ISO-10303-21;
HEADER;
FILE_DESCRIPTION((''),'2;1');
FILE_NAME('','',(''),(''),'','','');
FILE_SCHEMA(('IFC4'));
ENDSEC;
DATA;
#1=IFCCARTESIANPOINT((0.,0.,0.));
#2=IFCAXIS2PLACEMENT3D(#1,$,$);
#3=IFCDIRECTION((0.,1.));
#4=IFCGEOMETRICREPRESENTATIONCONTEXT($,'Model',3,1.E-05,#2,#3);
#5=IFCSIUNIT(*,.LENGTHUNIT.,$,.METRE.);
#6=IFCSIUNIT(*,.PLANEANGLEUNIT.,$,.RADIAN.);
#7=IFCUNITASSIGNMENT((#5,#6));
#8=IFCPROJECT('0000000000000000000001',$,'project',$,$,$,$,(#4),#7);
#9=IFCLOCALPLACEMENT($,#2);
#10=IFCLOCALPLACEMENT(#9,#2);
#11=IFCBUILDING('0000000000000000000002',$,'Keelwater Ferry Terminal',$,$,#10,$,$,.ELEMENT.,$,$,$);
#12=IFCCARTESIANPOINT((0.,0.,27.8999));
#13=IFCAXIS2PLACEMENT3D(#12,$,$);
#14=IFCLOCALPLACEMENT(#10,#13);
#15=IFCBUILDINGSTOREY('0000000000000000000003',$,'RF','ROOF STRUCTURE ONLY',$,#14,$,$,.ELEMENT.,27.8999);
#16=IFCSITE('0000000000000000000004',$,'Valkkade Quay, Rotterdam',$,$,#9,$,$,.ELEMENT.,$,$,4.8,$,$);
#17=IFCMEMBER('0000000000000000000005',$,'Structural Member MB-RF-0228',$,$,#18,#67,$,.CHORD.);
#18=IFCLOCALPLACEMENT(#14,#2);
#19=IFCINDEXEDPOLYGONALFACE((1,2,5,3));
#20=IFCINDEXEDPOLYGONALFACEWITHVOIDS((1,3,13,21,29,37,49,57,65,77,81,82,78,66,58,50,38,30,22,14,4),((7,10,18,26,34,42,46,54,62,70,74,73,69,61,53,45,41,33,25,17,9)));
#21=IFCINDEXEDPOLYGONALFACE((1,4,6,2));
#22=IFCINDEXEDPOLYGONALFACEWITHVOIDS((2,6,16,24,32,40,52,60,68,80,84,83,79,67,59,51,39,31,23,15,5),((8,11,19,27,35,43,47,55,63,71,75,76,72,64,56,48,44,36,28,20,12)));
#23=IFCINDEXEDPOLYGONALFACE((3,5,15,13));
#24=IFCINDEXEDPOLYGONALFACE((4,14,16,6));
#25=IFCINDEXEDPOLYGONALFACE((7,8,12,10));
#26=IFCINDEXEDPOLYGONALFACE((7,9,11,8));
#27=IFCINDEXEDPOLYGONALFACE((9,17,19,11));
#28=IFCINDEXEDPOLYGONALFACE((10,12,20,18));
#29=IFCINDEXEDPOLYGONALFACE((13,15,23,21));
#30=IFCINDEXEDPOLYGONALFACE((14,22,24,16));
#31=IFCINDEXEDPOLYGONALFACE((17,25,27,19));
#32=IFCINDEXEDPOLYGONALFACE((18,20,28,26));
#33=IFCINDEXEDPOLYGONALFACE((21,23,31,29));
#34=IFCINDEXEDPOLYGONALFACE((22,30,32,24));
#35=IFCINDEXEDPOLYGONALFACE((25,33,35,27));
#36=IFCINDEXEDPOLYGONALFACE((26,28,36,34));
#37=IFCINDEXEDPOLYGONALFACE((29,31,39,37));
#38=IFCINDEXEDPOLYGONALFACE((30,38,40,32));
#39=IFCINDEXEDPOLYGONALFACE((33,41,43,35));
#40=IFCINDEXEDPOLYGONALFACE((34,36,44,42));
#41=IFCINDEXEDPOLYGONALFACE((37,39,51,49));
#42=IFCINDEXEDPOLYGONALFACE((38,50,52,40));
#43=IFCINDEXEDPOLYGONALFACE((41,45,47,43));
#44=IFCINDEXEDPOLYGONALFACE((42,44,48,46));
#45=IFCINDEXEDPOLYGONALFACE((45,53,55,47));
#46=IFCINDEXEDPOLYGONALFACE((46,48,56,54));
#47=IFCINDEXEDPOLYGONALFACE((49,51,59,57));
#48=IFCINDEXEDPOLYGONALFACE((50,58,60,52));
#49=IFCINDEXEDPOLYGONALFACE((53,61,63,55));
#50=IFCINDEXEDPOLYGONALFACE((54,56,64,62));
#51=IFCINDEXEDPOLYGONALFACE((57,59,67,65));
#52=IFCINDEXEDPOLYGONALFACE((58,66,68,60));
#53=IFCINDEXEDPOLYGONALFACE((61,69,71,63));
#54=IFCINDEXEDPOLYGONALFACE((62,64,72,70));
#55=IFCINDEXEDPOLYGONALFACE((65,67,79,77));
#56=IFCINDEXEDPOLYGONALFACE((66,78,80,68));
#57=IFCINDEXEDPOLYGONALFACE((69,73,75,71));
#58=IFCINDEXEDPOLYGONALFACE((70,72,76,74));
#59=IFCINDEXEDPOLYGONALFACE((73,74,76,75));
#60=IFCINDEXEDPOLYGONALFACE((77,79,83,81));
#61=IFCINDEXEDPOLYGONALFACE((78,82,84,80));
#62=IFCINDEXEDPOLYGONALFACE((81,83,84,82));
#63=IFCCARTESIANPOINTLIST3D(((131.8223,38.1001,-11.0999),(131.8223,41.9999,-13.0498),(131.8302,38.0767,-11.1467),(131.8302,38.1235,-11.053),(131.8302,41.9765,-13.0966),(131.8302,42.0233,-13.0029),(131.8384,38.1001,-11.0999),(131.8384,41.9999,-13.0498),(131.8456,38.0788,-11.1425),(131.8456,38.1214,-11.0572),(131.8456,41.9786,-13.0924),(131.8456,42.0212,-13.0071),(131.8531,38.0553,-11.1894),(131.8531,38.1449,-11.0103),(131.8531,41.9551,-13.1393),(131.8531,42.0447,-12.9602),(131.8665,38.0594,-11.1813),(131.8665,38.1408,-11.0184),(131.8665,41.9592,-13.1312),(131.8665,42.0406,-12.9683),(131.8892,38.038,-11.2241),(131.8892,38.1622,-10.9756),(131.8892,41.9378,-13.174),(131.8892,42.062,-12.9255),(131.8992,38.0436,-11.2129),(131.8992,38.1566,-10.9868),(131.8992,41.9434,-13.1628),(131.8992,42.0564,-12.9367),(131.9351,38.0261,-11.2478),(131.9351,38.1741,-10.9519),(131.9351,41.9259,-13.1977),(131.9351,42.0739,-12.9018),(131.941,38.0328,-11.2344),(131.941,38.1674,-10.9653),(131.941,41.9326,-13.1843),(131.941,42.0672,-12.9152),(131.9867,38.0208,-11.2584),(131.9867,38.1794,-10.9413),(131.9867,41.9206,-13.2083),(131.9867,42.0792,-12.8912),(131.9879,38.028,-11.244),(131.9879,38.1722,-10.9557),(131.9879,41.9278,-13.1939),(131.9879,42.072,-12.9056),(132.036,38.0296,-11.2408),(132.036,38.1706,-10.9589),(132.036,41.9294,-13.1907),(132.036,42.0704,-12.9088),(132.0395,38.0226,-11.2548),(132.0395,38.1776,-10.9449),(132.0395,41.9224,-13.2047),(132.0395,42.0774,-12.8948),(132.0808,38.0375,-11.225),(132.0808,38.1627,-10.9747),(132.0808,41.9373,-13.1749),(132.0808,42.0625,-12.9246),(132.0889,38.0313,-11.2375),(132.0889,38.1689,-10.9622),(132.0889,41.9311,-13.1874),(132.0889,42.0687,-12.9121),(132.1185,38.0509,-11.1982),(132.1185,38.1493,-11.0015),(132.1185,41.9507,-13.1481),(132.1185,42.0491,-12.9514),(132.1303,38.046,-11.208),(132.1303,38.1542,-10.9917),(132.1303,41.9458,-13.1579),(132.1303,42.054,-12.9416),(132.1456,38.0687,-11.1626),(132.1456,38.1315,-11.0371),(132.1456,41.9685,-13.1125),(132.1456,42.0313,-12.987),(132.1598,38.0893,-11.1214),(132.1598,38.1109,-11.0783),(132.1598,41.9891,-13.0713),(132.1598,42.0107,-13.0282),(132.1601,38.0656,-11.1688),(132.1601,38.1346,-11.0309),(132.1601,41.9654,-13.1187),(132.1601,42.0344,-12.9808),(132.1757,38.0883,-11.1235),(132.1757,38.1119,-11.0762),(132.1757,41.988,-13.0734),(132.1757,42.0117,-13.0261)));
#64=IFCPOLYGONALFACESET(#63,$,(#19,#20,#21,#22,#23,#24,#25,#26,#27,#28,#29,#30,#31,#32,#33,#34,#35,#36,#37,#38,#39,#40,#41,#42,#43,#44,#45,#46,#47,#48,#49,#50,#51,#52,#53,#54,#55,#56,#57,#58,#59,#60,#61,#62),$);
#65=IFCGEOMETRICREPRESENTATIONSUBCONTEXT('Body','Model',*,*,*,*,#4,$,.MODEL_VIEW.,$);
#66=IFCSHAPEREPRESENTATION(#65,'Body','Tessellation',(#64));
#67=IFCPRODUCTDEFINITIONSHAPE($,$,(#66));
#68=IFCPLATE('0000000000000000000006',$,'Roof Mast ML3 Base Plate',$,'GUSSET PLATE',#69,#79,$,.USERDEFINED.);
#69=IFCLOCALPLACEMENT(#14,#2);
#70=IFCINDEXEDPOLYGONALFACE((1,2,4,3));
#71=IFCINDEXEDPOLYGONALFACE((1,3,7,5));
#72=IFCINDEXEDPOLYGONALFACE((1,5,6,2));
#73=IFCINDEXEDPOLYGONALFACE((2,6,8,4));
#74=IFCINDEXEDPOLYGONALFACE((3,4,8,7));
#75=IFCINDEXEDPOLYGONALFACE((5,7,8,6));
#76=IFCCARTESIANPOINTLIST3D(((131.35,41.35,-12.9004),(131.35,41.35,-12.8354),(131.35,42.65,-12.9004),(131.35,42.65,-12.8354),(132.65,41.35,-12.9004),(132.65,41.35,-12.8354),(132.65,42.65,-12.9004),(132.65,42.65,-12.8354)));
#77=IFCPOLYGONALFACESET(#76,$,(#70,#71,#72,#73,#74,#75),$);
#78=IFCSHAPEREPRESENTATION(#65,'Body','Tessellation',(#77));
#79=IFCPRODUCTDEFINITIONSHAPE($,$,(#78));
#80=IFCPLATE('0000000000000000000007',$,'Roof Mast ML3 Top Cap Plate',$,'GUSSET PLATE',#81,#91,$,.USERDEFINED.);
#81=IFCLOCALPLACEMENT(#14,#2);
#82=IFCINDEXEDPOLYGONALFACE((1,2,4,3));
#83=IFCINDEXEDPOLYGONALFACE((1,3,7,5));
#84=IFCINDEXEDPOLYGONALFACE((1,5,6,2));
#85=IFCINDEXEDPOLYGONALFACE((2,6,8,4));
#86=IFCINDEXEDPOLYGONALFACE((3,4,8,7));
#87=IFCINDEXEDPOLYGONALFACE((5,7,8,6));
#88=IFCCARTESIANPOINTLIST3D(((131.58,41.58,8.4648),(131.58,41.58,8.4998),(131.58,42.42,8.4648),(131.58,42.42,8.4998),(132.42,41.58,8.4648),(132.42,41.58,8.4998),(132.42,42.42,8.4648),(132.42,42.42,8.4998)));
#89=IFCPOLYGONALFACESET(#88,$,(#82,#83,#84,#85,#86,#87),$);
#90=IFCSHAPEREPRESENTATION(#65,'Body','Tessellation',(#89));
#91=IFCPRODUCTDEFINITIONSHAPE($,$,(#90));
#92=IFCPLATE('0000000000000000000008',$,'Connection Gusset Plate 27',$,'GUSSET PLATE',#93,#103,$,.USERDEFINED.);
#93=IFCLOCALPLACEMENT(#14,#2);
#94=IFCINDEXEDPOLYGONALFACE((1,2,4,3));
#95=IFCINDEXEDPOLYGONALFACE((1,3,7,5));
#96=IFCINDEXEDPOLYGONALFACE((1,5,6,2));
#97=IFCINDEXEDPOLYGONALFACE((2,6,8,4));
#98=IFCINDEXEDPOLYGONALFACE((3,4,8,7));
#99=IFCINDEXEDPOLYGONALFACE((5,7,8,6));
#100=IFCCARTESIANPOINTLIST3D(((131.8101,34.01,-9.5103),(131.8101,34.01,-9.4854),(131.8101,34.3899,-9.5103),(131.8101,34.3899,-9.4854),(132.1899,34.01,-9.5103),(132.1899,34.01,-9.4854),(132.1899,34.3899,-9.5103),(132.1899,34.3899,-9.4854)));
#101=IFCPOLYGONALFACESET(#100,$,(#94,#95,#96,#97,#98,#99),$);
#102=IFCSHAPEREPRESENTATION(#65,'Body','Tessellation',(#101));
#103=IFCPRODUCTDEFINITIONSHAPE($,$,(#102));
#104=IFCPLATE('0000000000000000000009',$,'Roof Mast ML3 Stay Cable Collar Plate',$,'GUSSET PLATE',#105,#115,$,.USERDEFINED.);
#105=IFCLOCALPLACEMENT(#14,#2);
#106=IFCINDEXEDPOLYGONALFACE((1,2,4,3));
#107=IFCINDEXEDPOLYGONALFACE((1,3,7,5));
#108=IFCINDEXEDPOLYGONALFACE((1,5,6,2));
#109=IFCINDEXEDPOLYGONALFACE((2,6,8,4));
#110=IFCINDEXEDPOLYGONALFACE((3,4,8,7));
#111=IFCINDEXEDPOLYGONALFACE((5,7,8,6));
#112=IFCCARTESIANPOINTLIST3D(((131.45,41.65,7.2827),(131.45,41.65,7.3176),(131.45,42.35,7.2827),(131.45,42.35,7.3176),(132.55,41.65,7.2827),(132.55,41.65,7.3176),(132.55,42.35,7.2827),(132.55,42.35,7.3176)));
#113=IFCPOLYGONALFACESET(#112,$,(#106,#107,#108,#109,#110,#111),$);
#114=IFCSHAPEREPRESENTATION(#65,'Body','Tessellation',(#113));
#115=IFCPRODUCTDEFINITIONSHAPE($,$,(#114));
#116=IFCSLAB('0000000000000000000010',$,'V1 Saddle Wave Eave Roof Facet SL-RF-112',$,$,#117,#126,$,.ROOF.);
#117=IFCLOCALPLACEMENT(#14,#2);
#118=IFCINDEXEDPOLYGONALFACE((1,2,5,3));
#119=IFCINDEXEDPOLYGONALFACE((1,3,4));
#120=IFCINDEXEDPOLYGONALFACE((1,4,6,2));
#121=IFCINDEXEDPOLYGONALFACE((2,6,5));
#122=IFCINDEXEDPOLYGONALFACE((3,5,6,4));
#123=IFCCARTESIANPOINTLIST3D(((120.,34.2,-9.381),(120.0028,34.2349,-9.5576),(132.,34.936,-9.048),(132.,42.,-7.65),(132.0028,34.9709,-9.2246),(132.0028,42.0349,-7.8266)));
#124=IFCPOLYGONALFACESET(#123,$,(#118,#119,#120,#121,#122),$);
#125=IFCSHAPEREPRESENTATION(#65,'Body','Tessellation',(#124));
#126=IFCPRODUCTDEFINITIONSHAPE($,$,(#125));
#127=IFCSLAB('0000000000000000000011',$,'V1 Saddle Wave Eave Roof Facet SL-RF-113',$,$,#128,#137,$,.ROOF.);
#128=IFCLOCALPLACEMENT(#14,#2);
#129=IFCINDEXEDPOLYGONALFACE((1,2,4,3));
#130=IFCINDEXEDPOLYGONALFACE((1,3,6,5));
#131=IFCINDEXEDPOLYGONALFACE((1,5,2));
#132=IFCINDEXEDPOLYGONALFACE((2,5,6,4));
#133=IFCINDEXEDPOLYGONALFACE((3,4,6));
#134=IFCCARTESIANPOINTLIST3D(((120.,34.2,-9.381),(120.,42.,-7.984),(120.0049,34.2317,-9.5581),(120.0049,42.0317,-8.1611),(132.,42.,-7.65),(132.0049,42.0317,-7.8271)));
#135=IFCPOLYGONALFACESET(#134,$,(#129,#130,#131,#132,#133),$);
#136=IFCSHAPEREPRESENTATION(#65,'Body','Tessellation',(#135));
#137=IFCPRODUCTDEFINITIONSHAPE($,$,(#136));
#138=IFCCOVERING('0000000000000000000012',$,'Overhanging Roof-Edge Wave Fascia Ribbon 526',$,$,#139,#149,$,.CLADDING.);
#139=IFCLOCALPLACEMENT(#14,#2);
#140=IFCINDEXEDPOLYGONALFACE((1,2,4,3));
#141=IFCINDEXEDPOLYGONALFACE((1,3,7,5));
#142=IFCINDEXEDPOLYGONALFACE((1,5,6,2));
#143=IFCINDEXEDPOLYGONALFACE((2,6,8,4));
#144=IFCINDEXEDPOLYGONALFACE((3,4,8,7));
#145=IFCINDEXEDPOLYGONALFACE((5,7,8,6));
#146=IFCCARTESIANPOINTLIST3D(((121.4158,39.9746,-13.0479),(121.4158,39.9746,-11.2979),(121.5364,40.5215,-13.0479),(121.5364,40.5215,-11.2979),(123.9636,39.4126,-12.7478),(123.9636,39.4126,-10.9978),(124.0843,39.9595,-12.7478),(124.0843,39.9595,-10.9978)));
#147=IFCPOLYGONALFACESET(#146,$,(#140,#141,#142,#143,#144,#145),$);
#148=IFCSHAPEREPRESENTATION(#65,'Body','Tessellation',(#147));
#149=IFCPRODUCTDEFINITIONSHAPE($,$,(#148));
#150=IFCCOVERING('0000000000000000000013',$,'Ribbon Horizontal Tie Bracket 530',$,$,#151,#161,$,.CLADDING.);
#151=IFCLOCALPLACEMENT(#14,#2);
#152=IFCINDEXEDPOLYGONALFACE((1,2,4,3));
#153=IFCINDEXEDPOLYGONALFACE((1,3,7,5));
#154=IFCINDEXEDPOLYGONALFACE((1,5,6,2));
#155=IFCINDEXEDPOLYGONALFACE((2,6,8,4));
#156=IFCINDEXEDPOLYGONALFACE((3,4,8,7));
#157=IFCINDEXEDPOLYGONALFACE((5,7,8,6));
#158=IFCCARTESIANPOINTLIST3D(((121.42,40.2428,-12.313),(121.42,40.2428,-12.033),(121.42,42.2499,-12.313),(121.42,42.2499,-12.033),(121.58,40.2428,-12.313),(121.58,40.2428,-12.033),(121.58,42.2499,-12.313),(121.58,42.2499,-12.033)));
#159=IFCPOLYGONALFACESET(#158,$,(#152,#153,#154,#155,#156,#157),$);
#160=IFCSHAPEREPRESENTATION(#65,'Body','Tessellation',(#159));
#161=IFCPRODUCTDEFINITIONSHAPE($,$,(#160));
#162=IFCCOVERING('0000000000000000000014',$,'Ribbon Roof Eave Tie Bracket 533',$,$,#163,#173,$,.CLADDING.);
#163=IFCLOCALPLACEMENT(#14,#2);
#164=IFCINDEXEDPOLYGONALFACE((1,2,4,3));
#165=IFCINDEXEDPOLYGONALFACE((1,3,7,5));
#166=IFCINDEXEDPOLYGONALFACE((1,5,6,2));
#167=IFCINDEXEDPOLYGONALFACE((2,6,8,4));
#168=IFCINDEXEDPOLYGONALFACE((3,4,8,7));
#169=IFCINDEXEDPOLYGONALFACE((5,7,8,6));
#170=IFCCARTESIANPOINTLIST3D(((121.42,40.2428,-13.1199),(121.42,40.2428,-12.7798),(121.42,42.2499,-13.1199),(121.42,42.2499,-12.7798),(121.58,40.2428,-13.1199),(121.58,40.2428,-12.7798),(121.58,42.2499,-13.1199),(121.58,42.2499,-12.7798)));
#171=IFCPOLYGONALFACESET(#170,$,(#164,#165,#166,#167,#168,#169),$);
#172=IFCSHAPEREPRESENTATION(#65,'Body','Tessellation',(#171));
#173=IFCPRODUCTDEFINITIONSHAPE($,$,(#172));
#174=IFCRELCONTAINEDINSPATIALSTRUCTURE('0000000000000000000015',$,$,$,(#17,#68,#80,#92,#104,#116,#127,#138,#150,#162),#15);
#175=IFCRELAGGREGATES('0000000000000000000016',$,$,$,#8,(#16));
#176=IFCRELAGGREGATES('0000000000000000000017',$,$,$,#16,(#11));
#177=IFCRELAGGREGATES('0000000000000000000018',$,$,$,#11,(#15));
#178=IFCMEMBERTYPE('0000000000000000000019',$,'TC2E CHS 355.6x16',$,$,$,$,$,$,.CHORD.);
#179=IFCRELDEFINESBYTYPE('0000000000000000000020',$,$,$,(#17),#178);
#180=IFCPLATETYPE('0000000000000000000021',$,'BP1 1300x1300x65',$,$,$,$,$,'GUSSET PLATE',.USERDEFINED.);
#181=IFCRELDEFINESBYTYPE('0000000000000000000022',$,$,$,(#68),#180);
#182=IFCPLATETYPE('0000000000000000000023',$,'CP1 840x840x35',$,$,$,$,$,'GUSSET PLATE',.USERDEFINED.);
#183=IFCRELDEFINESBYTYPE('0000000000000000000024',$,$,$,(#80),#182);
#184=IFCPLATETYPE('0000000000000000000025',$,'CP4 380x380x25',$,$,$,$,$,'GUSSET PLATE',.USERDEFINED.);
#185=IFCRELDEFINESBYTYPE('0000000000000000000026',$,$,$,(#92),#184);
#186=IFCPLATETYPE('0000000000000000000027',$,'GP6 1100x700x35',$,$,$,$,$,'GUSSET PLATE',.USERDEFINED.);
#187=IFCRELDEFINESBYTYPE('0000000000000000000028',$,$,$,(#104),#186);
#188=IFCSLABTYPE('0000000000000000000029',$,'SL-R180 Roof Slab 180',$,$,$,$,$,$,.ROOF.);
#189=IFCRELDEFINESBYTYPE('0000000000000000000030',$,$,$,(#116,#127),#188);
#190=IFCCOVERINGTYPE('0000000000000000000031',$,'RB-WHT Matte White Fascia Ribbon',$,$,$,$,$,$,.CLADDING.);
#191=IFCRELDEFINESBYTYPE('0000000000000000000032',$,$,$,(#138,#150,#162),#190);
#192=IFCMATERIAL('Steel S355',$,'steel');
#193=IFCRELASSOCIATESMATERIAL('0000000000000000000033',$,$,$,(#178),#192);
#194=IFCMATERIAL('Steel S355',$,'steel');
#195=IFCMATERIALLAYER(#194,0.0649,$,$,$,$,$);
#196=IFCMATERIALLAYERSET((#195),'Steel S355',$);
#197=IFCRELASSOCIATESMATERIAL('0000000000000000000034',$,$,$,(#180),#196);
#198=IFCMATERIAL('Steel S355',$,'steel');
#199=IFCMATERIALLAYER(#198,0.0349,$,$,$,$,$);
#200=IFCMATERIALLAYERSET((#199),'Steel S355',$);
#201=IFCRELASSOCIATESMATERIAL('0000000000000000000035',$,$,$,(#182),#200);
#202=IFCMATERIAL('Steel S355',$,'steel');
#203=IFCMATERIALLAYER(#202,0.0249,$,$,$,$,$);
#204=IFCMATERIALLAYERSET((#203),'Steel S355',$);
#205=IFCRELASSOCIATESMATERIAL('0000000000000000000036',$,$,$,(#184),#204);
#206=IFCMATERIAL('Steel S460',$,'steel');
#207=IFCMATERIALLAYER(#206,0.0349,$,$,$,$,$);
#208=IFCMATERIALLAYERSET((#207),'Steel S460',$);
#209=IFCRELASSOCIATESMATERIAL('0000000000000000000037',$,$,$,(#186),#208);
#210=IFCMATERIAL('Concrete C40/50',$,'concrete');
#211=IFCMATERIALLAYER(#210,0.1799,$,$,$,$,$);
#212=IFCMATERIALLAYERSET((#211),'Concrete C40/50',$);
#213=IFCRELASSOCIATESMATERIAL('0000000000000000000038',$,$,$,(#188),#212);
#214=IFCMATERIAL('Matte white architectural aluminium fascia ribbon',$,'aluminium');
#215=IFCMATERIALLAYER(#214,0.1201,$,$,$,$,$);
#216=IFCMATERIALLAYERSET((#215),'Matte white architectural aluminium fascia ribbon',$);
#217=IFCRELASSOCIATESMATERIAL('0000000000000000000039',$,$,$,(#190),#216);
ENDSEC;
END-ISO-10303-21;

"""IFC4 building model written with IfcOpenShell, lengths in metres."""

from ifc_helpers import new_model, si_unit, direction, frame, frame_2d, origin, origin_with_axes, origin_2d, place, context, subcontext, project, spatial, polyline, rectangle, hollow_circle, outline, extrude, material, layer, layer_set, material_profile, profile_set, type_object, element, save


model = new_model("IFC4")

# Units and contexts
model_context = context("Model", 3, precision=1e-05, world=origin(), true_north=direction((0.0, 1.0)))
body_context = subcontext(model_context, "Body", "Model", "MODEL_VIEW")
ifc_project = project(units=[si_unit("LENGTHUNIT", "METRE"), si_unit("PLANEANGLEUNIT", "RADIAN")], contexts=[model_context])

# Site, building, storey
site_placement = place(None, origin())
site = spatial("IfcSite", under=ifc_project, at=site_placement, Name="Valkkade Quay, Rotterdam", CompositionType="ELEMENT", RefElevation=4.8)
building_placement = place(site_placement, origin())
building = spatial("IfcBuilding", under=site, at=building_placement, Name="Keelwater Ferry Terminal", CompositionType="ELEMENT")
storey_placement = place(building_placement, frame((0.0, 0.0, 27.8999)))
storey = spatial("IfcBuildingStorey", under=building, at=storey_placement, Name="RF", Description="ROOF STRUCTURE ONLY", CompositionType="ELEMENT", Elevation=27.8999)

# Member
ifc_material_1 = material(Name="Steel S355", Category="steel")
ifc_material_profile_1 = material_profile(ifc_material_1, hollow_circle(Radius=0.1777, WallThickness=0.0161, at=origin_2d()), Name="CHS 355.6x16")
ifc_profile_set_1 = profile_set([ifc_material_profile_1], Name="Steel S355")
member_type_1 = type_object("IfcMemberType", Name="TC2E CHS 355.6x16", PredefinedType="CHORD", material=ifc_profile_set_1)
member_1_placement = place(storey_placement, frame((132.0, 38.1001, -11.0999), z_axis=(0.0, 0.894427, -0.447214), x_axis=(-1.0, 0.0, 0.0)))
element("IfcMember", 1, at=member_1_placement, inside=storey, type_object=member_type_1, Name="Structural Member MB-RF-0228", PredefinedType="CHORD", context=body_context, shape_type="SweptSolid", body=[
    extrude(hollow_circle(Radius=0.1777, WallThickness=0.0161, at=origin_2d()), origin(), (0.0, 0.0, 1.0), 4.3601),
])

# Plates
ifc_material_2 = material(Name="Steel S355", Category="steel")
ifc_layer_1 = layer(ifc_material_2, 0.0649)
ifc_layer_set_1 = layer_set([ifc_layer_1], Name="Steel S355")
plate_type_1 = type_object("IfcPlateType", Name="BP1 1300x1300x65", ElementType="GUSSET PLATE", PredefinedType="USERDEFINED", material=ifc_layer_set_1)
plate_1_placement = place(storey_placement, frame((132.0, 42.0, -12.9004), z_axis=(0.0, 0.0, 1.0), x_axis=(1.0, 0.0, 0.0)))
element("IfcPlate", 2, at=plate_1_placement, inside=storey, type_object=plate_type_1, Name="Roof Mast ML3 Base Plate", ObjectType="GUSSET PLATE", PredefinedType="USERDEFINED", context=body_context, shape_type="SweptSolid", body=[
    extrude(rectangle(XDim=1.3, YDim=1.3, at=origin_2d()), origin(), (0.0, 0.0, 1.0), 0.0649),
])
ifc_material_3 = material(Name="Steel S355", Category="steel")
ifc_layer_2 = layer(ifc_material_3, 0.0349)
ifc_layer_set_2 = layer_set([ifc_layer_2], Name="Steel S355")
plate_type_2 = type_object("IfcPlateType", Name="CP1 840x840x35", ElementType="GUSSET PLATE", PredefinedType="USERDEFINED", material=ifc_layer_set_2)
plate_2_placement = place(storey_placement, frame((132.0, 42.0, 8.4648), z_axis=(0.0, 0.0, 1.0), x_axis=(1.0, 0.0, 0.0)))
element("IfcPlate", 3, at=plate_2_placement, inside=storey, type_object=plate_type_2, Name="Roof Mast ML3 Top Cap Plate", ObjectType="GUSSET PLATE", PredefinedType="USERDEFINED", context=body_context, shape_type="SweptSolid", body=[
    extrude(rectangle(XDim=0.8401, YDim=0.8401, at=origin_2d()), origin(), (0.0, 0.0, 1.0), 0.0349),
])
ifc_material_4 = material(Name="Steel S355", Category="steel")
ifc_layer_3 = layer(ifc_material_4, 0.0249)
ifc_layer_set_3 = layer_set([ifc_layer_3], Name="Steel S355")
plate_type_3 = type_object("IfcPlateType", Name="CP4 380x380x25", ElementType="GUSSET PLATE", PredefinedType="USERDEFINED", material=ifc_layer_set_3)
plate_3_placement = place(storey_placement, frame((132.0, 34.2, -9.5103), z_axis=(0.0, 0.0, 1.0), x_axis=(0.0, 1.0, 0.0)))
element("IfcPlate", 4, at=plate_3_placement, inside=storey, type_object=plate_type_3, Name="Connection Gusset Plate 27", ObjectType="GUSSET PLATE", PredefinedType="USERDEFINED", context=body_context, shape_type="SweptSolid", body=[
    extrude(rectangle(XDim=0.3799, YDim=0.3799, at=origin_2d()), origin(), (0.0, 0.0, 1.0), 0.0249),
])
ifc_material_5 = material(Name="Steel S460", Category="steel")
ifc_layer_4 = layer(ifc_material_5, 0.0349)
ifc_layer_set_4 = layer_set([ifc_layer_4], Name="Steel S460")
plate_type_4 = type_object("IfcPlateType", Name="GP6 1100x700x35", ElementType="GUSSET PLATE", PredefinedType="USERDEFINED", material=ifc_layer_set_4)
plate_4_placement = place(storey_placement, frame((132.0, 42.0, 7.2827), z_axis=(0.0, 0.0, 1.0), x_axis=(1.0, 0.0, 0.0)))
element("IfcPlate", 5, at=plate_4_placement, inside=storey, type_object=plate_type_4, Name="Roof Mast ML3 Stay Cable Collar Plate", ObjectType="GUSSET PLATE", PredefinedType="USERDEFINED", context=body_context, shape_type="SweptSolid", body=[
    extrude(rectangle(XDim=1.1001, YDim=0.7, at=origin_2d()), origin(), (0.0, 0.0, 1.0), 0.0349),
])

# Slabs
ifc_material_6 = material(Name="Concrete C40/50", Category="concrete")
ifc_layer_5 = layer(ifc_material_6, 0.1799)
ifc_layer_set_5 = layer_set([ifc_layer_5], Name="Concrete C40/50")
slab_type = type_object("IfcSlabType", Name="SL-R180 Roof Slab 180", PredefinedType="ROOF", material=ifc_layer_set_5)
slab_1_placement = place(storey_placement, frame((120.0028, 34.2349, -9.5576), z_axis=(-0.015313, -0.194117, 0.980859), x_axis=(0.999883, -0.002973, 0.015022)))
element("IfcSlab", 6, at=slab_1_placement, inside=storey, type_object=slab_type, Name="V1 Saddle Wave Eave Roof Facet SL-RF-112", PredefinedType="ROOF", context=body_context, shape_type="SweptSolid", body=[
    extrude(outline(polyline([(0.0, 0.0), (12.0014, 0.7866), (12.0014, 7.9877), (0.0, 0.0)])), origin_with_axes(), (0.0, 0.0, 1.0), 0.18),
])
slab_2_placement = place(storey_placement, frame((120.0049, 34.2317, -9.5581), z_axis=(-0.027387, -0.176231, 0.983968), x_axis=(0.999625, -0.004828, 0.026958)))
element("IfcSlab", 7, at=slab_2_placement, inside=storey, type_object=slab_type, Name="V1 Saddle Wave Eave Roof Facet SL-RF-113", PredefinedType="ROOF", context=body_context, shape_type="SweptSolid", body=[
    extrude(outline(polyline([(0.0, 0.0), (12.0045, 7.983), (0.0, 7.9241), (0.0, 0.0)])), origin_with_axes(), (0.0, 0.0, 1.0), 0.18),
])

# Coverings
ifc_material_7 = material(Name="Matte white architectural aluminium fascia ribbon", Category="aluminium")
ifc_layer_6 = layer(ifc_material_7, 0.1201)
ifc_layer_set_6 = layer_set([ifc_layer_6], Name="Matte white architectural aluminium fascia ribbon")
covering_type = type_object("IfcCoveringType", Name="RB-WHT Matte White Fascia Ribbon", PredefinedType="CLADDING", material=ifc_layer_set_6)
covering_1_placement = place(storey_placement, frame((121.4761, 40.248, -13.0479), z_axis=(0.0, 0.0, 1.0), x_axis=(0.976525, -0.215404, 0.0)))
element("IfcCovering", 8, at=covering_1_placement, inside=storey, type_object=covering_type, Name="Overhanging Roof-Edge Wave Fascia Ribbon 526", PredefinedType="CLADDING", context=body_context, shape_type="SweptSolid", body=[
    extrude(outline(polyline([(0.0, 0.0), (2.6091, 0.3), (2.6091, 2.05), (0.0, 1.75), (0.0, 0.0)])), frame((0.0, 0.28, 0.0), z_axis=(0.0, -1.0, 0.0), x_axis=(1.0, 0.0, 0.0)), (0.0, 0.0, 1.0), 0.5601),
])
covering_2_placement = place(storey_placement, frame((121.5, 40.2429, -12.313), z_axis=(0.0, 0.0, 1.0), x_axis=(0.0, 1.0, 0.0)))
element("IfcCovering", 9, at=covering_2_placement, inside=storey, type_object=covering_type, Name="Ribbon Horizontal Tie Bracket 530", PredefinedType="CLADDING", context=body_context, shape_type="SweptSolid", body=[
    extrude(rectangle(XDim=2.0071, YDim=0.1599, at=frame_2d((1.0034, 0.0))), origin(), (0.0, 0.0, 1.0), 0.28),
])
covering_3_placement = place(storey_placement, frame((121.5, 40.2429, -13.1199), z_axis=(0.0, 0.0, 1.0), x_axis=(0.0, 1.0, 0.0)))
element("IfcCovering", 10, at=covering_3_placement, inside=storey, type_object=covering_type, Name="Ribbon Roof Eave Tie Bracket 533", PredefinedType="CLADDING", context=body_context, shape_type="SweptSolid", body=[
    extrude(rectangle(XDim=2.0071, YDim=0.1599, at=frame_2d((1.0034, 0.0))), origin(), (0.0, 0.0, 1.0), 0.3401),
])

save(model, "model.ifc")
